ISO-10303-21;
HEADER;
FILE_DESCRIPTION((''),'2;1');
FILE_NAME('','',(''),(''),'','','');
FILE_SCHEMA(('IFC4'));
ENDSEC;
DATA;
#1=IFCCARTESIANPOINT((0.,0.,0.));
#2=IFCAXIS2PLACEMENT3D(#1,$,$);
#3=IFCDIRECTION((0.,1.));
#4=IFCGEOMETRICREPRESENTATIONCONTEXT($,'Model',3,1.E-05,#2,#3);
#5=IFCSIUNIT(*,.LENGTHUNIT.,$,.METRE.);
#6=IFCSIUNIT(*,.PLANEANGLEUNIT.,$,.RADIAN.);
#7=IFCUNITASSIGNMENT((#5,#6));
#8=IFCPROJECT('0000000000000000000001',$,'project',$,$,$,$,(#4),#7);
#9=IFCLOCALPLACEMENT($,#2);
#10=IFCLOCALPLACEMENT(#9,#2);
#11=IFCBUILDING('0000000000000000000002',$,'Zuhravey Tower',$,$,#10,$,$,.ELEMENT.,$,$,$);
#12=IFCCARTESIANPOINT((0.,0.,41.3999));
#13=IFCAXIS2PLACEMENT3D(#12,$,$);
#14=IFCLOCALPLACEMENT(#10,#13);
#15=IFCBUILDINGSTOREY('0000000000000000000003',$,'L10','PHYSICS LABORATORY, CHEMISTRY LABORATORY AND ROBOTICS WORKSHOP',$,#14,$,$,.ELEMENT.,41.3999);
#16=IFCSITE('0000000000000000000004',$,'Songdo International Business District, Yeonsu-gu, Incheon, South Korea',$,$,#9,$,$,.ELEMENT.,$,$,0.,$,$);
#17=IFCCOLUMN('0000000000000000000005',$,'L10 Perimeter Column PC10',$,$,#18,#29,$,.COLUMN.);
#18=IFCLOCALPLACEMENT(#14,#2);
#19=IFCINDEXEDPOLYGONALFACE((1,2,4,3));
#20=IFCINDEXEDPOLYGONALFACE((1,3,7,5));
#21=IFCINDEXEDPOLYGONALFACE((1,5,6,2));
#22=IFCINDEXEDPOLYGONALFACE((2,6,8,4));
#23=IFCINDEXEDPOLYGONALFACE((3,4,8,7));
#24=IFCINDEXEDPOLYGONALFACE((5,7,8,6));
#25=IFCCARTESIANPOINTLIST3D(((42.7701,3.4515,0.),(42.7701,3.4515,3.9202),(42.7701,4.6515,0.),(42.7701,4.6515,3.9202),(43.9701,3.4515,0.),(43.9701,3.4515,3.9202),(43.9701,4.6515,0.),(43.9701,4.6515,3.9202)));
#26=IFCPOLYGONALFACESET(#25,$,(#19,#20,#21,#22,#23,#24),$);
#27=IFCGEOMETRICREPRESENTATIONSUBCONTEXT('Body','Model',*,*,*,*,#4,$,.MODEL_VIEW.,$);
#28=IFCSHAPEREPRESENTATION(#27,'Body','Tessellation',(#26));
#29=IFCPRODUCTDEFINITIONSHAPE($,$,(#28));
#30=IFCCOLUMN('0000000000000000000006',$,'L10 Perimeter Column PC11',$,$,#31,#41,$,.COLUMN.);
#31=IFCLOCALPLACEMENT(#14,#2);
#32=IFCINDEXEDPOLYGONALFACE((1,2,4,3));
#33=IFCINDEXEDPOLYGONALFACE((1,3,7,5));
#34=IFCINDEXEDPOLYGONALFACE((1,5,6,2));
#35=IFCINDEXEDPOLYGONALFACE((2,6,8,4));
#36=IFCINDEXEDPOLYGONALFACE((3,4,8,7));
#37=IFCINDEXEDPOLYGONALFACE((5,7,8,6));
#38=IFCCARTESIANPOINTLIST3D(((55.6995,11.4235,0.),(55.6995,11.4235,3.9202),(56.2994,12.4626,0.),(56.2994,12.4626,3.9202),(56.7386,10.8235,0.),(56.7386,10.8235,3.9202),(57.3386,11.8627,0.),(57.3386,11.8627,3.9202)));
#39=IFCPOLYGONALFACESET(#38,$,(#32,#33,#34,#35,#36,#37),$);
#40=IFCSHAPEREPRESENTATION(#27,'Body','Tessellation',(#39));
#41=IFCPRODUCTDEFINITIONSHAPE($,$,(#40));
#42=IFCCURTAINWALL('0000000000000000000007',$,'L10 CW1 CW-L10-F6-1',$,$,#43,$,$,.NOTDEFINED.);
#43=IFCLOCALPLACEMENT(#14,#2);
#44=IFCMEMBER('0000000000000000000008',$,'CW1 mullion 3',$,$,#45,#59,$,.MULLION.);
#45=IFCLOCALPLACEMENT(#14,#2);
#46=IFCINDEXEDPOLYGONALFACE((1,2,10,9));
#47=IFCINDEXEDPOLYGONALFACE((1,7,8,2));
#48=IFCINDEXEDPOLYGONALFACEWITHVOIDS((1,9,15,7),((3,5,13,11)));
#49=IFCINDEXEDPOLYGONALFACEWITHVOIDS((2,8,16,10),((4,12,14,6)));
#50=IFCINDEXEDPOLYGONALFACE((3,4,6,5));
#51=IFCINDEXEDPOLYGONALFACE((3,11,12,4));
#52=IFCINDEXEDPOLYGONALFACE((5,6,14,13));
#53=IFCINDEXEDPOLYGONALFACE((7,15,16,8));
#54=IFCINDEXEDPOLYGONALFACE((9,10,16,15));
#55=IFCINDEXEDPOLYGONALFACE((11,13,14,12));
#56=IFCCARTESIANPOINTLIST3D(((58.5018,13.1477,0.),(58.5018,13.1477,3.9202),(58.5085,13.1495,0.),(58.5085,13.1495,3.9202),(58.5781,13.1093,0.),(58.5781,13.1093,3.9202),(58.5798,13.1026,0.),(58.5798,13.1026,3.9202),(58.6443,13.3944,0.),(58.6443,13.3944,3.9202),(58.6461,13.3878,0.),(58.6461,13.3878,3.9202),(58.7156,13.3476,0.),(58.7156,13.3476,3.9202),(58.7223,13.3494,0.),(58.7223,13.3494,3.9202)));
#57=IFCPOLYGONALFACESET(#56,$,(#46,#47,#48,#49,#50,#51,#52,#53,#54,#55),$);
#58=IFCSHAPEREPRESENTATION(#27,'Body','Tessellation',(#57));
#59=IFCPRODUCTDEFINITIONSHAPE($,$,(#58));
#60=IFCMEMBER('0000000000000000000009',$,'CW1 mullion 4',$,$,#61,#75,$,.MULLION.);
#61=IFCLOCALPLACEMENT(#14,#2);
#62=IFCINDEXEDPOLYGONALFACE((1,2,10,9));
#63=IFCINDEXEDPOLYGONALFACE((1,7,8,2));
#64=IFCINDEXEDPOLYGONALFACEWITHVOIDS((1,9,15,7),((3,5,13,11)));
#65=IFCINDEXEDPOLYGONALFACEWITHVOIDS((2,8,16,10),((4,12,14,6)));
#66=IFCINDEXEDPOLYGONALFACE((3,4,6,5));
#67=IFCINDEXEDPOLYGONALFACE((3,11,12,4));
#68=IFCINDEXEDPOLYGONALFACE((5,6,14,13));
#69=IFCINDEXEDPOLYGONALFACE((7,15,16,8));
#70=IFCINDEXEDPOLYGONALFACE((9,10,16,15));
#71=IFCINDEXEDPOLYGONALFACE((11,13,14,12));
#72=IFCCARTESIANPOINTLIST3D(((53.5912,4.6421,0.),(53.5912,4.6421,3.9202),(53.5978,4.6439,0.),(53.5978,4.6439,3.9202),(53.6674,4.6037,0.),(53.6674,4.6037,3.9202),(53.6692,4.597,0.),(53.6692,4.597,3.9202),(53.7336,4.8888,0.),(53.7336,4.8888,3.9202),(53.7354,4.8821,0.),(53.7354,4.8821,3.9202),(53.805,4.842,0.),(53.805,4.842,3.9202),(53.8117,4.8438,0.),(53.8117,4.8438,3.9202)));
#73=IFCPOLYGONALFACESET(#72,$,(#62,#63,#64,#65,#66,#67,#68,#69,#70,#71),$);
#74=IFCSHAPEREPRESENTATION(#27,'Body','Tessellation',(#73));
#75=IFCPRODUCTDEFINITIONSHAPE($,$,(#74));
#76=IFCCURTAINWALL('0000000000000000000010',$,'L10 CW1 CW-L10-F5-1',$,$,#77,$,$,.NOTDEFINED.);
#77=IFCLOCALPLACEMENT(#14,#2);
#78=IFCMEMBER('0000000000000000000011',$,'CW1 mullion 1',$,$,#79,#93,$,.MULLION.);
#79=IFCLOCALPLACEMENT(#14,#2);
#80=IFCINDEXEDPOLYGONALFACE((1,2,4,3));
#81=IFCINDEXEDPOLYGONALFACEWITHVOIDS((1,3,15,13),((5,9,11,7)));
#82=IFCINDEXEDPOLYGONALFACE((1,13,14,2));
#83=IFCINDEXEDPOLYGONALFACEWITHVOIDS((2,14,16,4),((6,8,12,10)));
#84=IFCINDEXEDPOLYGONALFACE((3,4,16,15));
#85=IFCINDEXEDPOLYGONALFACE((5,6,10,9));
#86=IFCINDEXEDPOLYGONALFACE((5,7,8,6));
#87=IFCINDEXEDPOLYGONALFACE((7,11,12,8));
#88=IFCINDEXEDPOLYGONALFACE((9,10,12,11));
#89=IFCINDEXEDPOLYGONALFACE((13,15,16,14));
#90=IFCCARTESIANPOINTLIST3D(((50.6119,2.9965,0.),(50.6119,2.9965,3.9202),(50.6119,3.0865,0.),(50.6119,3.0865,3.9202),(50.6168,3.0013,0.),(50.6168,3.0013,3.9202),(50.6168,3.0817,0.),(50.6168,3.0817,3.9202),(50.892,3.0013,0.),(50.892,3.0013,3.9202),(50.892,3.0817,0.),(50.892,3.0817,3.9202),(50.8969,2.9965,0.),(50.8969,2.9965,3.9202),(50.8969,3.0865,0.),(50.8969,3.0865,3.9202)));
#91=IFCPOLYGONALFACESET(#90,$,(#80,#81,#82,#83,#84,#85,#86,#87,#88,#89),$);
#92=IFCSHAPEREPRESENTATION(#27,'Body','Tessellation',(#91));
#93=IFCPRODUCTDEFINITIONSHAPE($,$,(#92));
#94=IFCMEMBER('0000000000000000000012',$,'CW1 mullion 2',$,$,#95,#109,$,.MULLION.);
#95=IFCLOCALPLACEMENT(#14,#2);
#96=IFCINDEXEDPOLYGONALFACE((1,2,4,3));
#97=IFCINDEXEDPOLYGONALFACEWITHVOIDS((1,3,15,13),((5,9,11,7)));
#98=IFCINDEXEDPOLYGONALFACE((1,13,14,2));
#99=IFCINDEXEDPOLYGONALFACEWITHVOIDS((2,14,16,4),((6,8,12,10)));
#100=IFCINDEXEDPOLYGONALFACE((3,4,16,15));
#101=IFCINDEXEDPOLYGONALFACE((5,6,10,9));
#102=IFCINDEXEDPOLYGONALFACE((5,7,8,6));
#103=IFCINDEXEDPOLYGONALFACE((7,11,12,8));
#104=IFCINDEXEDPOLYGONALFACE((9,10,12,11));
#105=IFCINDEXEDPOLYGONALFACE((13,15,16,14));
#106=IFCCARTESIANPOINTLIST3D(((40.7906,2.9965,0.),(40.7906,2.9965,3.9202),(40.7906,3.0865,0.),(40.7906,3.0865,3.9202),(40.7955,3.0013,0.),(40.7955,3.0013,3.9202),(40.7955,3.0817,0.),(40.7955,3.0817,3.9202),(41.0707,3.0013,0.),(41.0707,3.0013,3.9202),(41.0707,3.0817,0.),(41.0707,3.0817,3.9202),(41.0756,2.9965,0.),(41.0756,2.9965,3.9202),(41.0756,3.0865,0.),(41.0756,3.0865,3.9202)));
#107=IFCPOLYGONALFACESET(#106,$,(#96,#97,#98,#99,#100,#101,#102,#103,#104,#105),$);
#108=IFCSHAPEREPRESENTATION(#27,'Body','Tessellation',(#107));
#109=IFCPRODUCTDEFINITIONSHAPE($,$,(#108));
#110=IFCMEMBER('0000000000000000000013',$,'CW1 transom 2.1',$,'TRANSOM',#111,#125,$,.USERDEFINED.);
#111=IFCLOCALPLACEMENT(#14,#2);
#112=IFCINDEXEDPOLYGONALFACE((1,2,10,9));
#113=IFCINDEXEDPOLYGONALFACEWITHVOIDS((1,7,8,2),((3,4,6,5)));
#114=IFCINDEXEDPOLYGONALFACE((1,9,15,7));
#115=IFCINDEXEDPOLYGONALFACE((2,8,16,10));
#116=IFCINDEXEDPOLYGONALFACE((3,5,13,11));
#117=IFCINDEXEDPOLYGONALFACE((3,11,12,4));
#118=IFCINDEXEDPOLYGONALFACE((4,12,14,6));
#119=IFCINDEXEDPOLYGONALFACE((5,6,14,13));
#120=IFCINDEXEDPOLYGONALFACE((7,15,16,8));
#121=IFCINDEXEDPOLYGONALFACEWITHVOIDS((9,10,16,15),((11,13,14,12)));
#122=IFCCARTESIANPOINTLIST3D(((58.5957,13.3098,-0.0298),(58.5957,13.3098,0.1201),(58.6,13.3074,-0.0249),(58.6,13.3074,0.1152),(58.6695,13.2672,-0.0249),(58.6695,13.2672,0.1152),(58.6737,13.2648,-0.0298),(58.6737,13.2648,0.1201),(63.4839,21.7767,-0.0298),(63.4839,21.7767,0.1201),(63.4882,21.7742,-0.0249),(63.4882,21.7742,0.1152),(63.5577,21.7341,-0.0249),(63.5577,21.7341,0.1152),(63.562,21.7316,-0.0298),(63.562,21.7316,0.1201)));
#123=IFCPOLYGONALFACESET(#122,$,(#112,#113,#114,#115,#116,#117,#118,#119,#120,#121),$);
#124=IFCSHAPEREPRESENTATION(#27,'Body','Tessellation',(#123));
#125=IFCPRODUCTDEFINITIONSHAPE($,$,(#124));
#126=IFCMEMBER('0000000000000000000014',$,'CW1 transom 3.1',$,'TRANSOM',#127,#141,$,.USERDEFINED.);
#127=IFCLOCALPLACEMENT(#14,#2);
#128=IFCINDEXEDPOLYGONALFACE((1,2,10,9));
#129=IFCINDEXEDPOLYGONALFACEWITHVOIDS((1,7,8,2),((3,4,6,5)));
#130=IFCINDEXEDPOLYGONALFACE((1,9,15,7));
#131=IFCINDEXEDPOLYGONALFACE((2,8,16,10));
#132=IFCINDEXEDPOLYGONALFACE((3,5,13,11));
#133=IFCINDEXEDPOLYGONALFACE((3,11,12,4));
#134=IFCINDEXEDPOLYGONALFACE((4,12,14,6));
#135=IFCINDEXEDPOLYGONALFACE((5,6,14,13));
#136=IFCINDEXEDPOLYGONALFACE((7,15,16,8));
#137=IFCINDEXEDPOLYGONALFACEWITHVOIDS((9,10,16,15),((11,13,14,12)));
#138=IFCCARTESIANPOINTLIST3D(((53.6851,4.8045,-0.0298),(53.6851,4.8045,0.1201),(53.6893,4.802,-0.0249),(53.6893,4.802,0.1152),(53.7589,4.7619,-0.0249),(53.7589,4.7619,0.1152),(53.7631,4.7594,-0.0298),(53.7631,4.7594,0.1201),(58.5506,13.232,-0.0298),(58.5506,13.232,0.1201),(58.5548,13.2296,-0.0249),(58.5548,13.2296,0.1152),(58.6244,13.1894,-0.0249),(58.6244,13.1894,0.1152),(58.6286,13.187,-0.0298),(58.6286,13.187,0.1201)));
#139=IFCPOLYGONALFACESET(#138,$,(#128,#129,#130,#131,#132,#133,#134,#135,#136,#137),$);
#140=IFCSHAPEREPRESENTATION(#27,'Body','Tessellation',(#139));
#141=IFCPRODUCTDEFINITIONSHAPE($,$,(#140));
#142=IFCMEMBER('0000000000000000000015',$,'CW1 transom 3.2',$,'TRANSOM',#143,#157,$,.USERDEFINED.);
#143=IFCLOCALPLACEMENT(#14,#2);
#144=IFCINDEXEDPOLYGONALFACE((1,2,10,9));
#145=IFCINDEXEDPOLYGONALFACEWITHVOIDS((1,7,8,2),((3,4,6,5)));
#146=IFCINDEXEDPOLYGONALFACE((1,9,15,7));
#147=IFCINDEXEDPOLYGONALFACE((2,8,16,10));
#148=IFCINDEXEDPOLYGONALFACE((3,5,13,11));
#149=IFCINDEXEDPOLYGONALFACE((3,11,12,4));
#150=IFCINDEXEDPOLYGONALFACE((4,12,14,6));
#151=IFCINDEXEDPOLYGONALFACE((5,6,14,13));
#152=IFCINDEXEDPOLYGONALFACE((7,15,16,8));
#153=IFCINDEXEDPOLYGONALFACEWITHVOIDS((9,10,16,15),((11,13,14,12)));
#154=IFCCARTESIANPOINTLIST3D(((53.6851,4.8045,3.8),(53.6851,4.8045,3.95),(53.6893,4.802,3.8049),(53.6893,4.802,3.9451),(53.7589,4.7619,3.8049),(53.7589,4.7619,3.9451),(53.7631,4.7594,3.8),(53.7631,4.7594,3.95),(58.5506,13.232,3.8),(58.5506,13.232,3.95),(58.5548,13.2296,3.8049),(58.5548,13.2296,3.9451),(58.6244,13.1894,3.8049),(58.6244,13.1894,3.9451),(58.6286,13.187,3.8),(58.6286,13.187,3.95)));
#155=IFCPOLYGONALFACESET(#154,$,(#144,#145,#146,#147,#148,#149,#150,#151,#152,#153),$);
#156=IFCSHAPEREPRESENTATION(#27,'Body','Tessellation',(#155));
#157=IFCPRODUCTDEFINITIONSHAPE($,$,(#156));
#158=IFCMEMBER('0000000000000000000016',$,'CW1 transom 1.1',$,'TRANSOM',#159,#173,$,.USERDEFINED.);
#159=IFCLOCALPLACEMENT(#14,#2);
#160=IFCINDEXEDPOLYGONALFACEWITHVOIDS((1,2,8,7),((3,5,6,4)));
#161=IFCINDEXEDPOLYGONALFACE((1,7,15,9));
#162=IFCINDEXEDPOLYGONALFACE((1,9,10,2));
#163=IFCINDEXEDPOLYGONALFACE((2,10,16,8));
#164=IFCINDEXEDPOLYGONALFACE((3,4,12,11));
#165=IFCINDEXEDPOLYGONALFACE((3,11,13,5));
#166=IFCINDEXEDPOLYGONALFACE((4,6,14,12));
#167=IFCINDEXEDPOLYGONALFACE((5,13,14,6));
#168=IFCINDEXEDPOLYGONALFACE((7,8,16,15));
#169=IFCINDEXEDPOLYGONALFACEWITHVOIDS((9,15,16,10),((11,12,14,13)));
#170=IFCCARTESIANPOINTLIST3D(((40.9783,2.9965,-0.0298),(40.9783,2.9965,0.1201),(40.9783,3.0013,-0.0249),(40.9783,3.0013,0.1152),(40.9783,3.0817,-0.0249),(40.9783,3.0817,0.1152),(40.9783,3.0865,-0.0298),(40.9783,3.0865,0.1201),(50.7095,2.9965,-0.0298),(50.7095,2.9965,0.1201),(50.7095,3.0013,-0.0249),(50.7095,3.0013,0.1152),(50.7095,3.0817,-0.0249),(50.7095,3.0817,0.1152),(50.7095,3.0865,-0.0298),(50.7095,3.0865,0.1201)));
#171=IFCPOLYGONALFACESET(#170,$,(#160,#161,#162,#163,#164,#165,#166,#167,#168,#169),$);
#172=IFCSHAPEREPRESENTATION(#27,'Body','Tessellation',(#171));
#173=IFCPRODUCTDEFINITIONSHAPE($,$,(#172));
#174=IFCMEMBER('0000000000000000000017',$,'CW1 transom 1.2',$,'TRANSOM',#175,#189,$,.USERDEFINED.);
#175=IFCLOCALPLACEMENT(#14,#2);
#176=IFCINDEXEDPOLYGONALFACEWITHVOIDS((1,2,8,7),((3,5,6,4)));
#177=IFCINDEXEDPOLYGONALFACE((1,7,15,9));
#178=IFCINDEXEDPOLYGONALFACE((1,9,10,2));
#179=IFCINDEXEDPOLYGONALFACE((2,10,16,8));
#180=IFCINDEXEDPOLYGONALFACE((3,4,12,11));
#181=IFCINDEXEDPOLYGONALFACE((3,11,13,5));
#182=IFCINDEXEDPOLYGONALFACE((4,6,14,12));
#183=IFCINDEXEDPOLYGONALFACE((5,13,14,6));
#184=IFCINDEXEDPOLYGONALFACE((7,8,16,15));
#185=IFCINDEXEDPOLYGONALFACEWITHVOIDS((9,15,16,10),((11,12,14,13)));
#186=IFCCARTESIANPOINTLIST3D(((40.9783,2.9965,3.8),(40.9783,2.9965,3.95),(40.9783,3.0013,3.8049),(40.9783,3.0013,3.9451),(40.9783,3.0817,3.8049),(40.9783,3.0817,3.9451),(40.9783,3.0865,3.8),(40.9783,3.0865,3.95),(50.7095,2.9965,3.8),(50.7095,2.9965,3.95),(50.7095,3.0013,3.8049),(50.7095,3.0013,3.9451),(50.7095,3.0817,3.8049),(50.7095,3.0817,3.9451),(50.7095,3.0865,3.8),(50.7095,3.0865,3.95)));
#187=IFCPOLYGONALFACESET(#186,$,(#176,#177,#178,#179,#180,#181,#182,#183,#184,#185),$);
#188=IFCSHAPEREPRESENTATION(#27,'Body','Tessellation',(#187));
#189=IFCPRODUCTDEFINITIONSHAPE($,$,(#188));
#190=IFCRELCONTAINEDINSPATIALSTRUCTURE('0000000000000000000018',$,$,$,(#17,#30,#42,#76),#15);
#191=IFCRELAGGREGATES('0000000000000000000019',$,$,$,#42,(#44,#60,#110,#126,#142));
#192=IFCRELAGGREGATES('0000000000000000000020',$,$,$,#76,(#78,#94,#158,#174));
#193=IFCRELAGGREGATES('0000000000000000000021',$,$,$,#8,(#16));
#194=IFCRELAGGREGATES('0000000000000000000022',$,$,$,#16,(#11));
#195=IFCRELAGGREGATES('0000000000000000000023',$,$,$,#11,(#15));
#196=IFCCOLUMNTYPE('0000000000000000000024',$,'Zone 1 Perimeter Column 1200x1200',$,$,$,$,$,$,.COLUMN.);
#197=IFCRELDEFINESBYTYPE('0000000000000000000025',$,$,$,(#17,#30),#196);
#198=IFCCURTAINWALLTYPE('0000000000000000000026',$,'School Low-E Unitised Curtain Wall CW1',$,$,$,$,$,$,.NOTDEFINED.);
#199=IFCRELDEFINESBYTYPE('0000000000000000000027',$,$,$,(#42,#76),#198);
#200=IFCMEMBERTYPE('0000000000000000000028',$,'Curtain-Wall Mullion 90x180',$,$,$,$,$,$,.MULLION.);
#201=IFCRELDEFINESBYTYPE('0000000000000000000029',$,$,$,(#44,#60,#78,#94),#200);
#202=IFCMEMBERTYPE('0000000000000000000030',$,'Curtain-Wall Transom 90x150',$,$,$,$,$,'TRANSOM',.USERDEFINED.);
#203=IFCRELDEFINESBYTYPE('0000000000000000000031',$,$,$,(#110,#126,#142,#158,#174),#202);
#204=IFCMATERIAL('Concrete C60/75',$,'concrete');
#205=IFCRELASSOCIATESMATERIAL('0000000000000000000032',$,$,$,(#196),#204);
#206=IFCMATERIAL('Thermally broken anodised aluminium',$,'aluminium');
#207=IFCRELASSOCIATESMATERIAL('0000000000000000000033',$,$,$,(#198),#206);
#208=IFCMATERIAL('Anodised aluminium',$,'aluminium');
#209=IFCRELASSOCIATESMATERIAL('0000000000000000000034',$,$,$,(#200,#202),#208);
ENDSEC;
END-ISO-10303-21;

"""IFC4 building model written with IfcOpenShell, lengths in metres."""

from ifc_helpers import new_model, si_unit, direction, frame, origin, origin_2d, place, context, subcontext, project, spatial, rectangle, hollow_rectangle, extrude, material, material_profile, profile_set, type_object, element, aggregate, save


model = new_model("IFC4")

# Units and contexts
model_context = context("Model", 3, precision=1e-05, world=origin(), true_north=direction((0.0, 1.0)))
body_context = subcontext(model_context, "Body", "Model", "MODEL_VIEW")
ifc_project = project(units=[si_unit("LENGTHUNIT", "METRE"), si_unit("PLANEANGLEUNIT", "RADIAN")], contexts=[model_context])

# Site, building, storey
site_placement = place(None, origin())
site = spatial("IfcSite", under=ifc_project, at=site_placement, Name="Songdo International Business District, Yeonsu-gu, Incheon, South Korea", CompositionType="ELEMENT", RefElevation=0.0)
building_placement = place(site_placement, origin())
building = spatial("IfcBuilding", under=site, at=building_placement, Name="Zuhravey Tower", CompositionType="ELEMENT")
storey_placement = place(building_placement, frame((0.0, 0.0, 41.3999)))
storey = spatial("IfcBuildingStorey", under=building, at=storey_placement, Name="L10", Description="PHYSICS LABORATORY, CHEMISTRY LABORATORY AND ROBOTICS WORKSHOP", CompositionType="ELEMENT", Elevation=41.3999)

# Columns
ifc_material_1 = material(Name="Concrete C60/75", Category="concrete")
ifc_material_profile_1 = material_profile(ifc_material_1, rectangle(XDim=1.2, YDim=1.2, at=origin_2d()), Name="RC-1200x1200")
ifc_profile_set_1 = profile_set([ifc_material_profile_1], Name="Concrete C60/75")
column_type = type_object("IfcColumnType", Name="Zone 1 Perimeter Column 1200x1200", PredefinedType="COLUMN", material=ifc_profile_set_1)
for number, where, z_axis, x_axis, name in (
    (1, (43.3701, 4.0515, 0.0), (0.0, 0.0, 1.0), (1.0, 0.0, 0.0), "L10 Perimeter Column PC10"),
    (2, (56.519, 11.6431, 0.0), (0.0, 0.0, 1.0), (0.5, 0.866025, 0.0), "L10 Perimeter Column PC11"),
):
    element("IfcColumn", number, at=place(storey_placement, frame(where, z_axis=z_axis, x_axis=x_axis)), inside=storey, type_object=column_type, Name=name, PredefinedType="COLUMN", context=body_context, shape_type="SweptSolid", body=[
        extrude(rectangle(XDim=1.2, YDim=1.2, at=origin_2d()), origin(), (0.0, 0.0, 1.0), 3.9202),
    ])

# Curtain walls, members
ifc_material_2 = material(Name="Thermally broken anodised aluminium", Category="aluminium")
curtain_wall_type = type_object("IfcCurtainWallType", Name="School Low-E Unitised Curtain Wall CW1", PredefinedType="NOTDEFINED", material=ifc_material_2)
curtain_wall_1_placement = place(storey_placement, origin())
curtain_wall_1 = element("IfcCurtainWall", 3, at=curtain_wall_1_placement, inside=storey, type_object=curtain_wall_type, Name="L10 CW1 CW-L10-F6-1", PredefinedType="NOTDEFINED")
ifc_material_3 = material(Name="Anodised aluminium", Category="aluminium")
ifc_material_profile_2 = material_profile(ifc_material_3, hollow_rectangle(XDim=0.0901, YDim=0.2849, WallThickness=0.0049, at=origin_2d()), Name="ALU-RHS-90x285x5")
ifc_profile_set_2 = profile_set([ifc_material_profile_2], Name="Anodised aluminium")
member_type_1 = type_object("IfcMemberType", Name="Curtain-Wall Mullion 90x180", PredefinedType="MULLION", material=ifc_profile_set_2)
member_1_placement = place(storey_placement, frame((58.6121, 13.2485, 0.0), z_axis=(0.0, 0.0, 1.0), x_axis=(0.866026, -0.5, 0.0)))
member_1 = element("IfcMember", 4, at=member_1_placement, type_object=member_type_1, Name="CW1 mullion 3", PredefinedType="MULLION", context=body_context, shape_type="SweptSolid", body=[
    extrude(hollow_rectangle(XDim=0.0901, YDim=0.2849, WallThickness=0.0049, at=origin_2d()), origin(), (0.0, 0.0, 1.0), 3.9202),
])
member_2_placement = place(storey_placement, frame((53.7014, 4.7429, 0.0), z_axis=(0.0, 0.0, 1.0), x_axis=(0.866026, -0.5, 0.0)))
member_2 = element("IfcMember", 5, at=member_2_placement, type_object=member_type_1, Name="CW1 mullion 4", PredefinedType="MULLION", context=body_context, shape_type="SweptSolid", body=[
    extrude(hollow_rectangle(XDim=0.0901, YDim=0.2849, WallThickness=0.0049, at=origin_2d()), origin(), (0.0, 0.0, 1.0), 3.9202),
])
curtain_wall_2_placement = place(storey_placement, origin())
curtain_wall_2 = element("IfcCurtainWall", 6, at=curtain_wall_2_placement, inside=storey, type_object=curtain_wall_type, Name="L10 CW1 CW-L10-F5-1", PredefinedType="NOTDEFINED")
member_3_placement = place(storey_placement, frame((50.7544, 3.0415, 0.0), z_axis=(0.0, 0.0, 1.0), x_axis=(0.0, -1.0, 0.0)))
member_3 = element("IfcMember", 7, at=member_3_placement, type_object=member_type_1, Name="CW1 mullion 1", PredefinedType="MULLION", context=body_context, shape_type="SweptSolid", body=[
    extrude(hollow_rectangle(XDim=0.0901, YDim=0.2849, WallThickness=0.0049, at=origin_2d()), origin(), (0.0, 0.0, 1.0), 3.9202),
])
member_4_placement = place(storey_placement, frame((40.9331, 3.0415, 0.0), z_axis=(0.0, 0.0, 1.0), x_axis=(0.0, -1.0, 0.0)))
member_4 = element("IfcMember", 8, at=member_4_placement, type_object=member_type_1, Name="CW1 mullion 2", PredefinedType="MULLION", context=body_context, shape_type="SweptSolid", body=[
    extrude(hollow_rectangle(XDim=0.0901, YDim=0.2849, WallThickness=0.0049, at=origin_2d()), origin(), (0.0, 0.0, 1.0), 3.9202),
])

# Members
ifc_material_profile_3 = material_profile(ifc_material_3, hollow_rectangle(XDim=0.0901, YDim=0.1499, WallThickness=0.0049, at=origin_2d()), Name="ALU-RHS-90x150x5")
ifc_profile_set_3 = profile_set([ifc_material_profile_3], Name="Anodised aluminium")
member_type_2 = type_object("IfcMemberType", Name="Curtain-Wall Transom 90x150", ElementType="TRANSOM", PredefinedType="USERDEFINED", material=ifc_profile_set_3)
member_5_placement = place(storey_placement, frame((63.5229, 21.7542, 0.0452), z_axis=(-0.49999, -0.866031, 0.0), x_axis=(0.866031, -0.49999, 0.0)))
member_5 = element("IfcMember", 9, at=member_5_placement, type_object=member_type_2, Name="CW1 transom 2.1", ObjectType="TRANSOM", PredefinedType="USERDEFINED", context=body_context, shape_type="SweptSolid", body=[
    extrude(hollow_rectangle(XDim=0.0901, YDim=0.1499, WallThickness=0.0049, at=origin_2d()), origin(), (0.0, 0.0, 1.0), 9.7766),
])
member_6_placement = place(storey_placement, frame((58.5896, 13.2095, 0.0452), z_axis=(-0.49999, -0.866031, 0.0), x_axis=(0.866031, -0.49999, 0.0)))
member_6 = element("IfcMember", 10, at=member_6_placement, type_object=member_type_2, Name="CW1 transom 3.1", ObjectType="TRANSOM", PredefinedType="USERDEFINED", context=body_context, shape_type="SweptSolid", body=[
    extrude(hollow_rectangle(XDim=0.0901, YDim=0.1499, WallThickness=0.0049, at=origin_2d()), origin(), (0.0, 0.0, 1.0), 9.7312),
])
member_7_placement = place(storey_placement, frame((58.5896, 13.2095, 3.875), z_axis=(-0.49999, -0.866031, 0.0), x_axis=(0.866031, -0.49999, 0.0)))
member_7 = element("IfcMember", 11, at=member_7_placement, type_object=member_type_2, Name="CW1 transom 3.2", ObjectType="TRANSOM", PredefinedType="USERDEFINED", context=body_context, shape_type="SweptSolid", body=[
    extrude(hollow_rectangle(XDim=0.0901, YDim=0.1499, WallThickness=0.0049, at=origin_2d()), origin(), (0.0, 0.0, 1.0), 9.7312),
])
member_8_placement = place(storey_placement, frame((50.7095, 3.0415, 0.0452), z_axis=(-1.0, 0.0, 0.0), x_axis=(0.0, -1.0, 0.0)))
member_8 = element("IfcMember", 12, at=member_8_placement, type_object=member_type_2, Name="CW1 transom 1.1", ObjectType="TRANSOM", PredefinedType="USERDEFINED", context=body_context, shape_type="SweptSolid", body=[
    extrude(hollow_rectangle(XDim=0.0901, YDim=0.1499, WallThickness=0.0049, at=origin_2d()), origin(), (0.0, 0.0, 1.0), 9.7312),
])
member_9_placement = place(storey_placement, frame((50.7095, 3.0415, 3.875), z_axis=(-1.0, 0.0, 0.0), x_axis=(0.0, -1.0, 0.0)))
member_9 = element("IfcMember", 13, at=member_9_placement, type_object=member_type_2, Name="CW1 transom 1.2", ObjectType="TRANSOM", PredefinedType="USERDEFINED", context=body_context, shape_type="SweptSolid", body=[
    extrude(hollow_rectangle(XDim=0.0901, YDim=0.1499, WallThickness=0.0049, at=origin_2d()), origin(), (0.0, 0.0, 1.0), 9.7312),
])

aggregate(curtain_wall_1, [member_1, member_2, member_5, member_6, member_7])
aggregate(curtain_wall_2, [member_3, member_4, member_8, member_9])

save(model, "model.ifc")
